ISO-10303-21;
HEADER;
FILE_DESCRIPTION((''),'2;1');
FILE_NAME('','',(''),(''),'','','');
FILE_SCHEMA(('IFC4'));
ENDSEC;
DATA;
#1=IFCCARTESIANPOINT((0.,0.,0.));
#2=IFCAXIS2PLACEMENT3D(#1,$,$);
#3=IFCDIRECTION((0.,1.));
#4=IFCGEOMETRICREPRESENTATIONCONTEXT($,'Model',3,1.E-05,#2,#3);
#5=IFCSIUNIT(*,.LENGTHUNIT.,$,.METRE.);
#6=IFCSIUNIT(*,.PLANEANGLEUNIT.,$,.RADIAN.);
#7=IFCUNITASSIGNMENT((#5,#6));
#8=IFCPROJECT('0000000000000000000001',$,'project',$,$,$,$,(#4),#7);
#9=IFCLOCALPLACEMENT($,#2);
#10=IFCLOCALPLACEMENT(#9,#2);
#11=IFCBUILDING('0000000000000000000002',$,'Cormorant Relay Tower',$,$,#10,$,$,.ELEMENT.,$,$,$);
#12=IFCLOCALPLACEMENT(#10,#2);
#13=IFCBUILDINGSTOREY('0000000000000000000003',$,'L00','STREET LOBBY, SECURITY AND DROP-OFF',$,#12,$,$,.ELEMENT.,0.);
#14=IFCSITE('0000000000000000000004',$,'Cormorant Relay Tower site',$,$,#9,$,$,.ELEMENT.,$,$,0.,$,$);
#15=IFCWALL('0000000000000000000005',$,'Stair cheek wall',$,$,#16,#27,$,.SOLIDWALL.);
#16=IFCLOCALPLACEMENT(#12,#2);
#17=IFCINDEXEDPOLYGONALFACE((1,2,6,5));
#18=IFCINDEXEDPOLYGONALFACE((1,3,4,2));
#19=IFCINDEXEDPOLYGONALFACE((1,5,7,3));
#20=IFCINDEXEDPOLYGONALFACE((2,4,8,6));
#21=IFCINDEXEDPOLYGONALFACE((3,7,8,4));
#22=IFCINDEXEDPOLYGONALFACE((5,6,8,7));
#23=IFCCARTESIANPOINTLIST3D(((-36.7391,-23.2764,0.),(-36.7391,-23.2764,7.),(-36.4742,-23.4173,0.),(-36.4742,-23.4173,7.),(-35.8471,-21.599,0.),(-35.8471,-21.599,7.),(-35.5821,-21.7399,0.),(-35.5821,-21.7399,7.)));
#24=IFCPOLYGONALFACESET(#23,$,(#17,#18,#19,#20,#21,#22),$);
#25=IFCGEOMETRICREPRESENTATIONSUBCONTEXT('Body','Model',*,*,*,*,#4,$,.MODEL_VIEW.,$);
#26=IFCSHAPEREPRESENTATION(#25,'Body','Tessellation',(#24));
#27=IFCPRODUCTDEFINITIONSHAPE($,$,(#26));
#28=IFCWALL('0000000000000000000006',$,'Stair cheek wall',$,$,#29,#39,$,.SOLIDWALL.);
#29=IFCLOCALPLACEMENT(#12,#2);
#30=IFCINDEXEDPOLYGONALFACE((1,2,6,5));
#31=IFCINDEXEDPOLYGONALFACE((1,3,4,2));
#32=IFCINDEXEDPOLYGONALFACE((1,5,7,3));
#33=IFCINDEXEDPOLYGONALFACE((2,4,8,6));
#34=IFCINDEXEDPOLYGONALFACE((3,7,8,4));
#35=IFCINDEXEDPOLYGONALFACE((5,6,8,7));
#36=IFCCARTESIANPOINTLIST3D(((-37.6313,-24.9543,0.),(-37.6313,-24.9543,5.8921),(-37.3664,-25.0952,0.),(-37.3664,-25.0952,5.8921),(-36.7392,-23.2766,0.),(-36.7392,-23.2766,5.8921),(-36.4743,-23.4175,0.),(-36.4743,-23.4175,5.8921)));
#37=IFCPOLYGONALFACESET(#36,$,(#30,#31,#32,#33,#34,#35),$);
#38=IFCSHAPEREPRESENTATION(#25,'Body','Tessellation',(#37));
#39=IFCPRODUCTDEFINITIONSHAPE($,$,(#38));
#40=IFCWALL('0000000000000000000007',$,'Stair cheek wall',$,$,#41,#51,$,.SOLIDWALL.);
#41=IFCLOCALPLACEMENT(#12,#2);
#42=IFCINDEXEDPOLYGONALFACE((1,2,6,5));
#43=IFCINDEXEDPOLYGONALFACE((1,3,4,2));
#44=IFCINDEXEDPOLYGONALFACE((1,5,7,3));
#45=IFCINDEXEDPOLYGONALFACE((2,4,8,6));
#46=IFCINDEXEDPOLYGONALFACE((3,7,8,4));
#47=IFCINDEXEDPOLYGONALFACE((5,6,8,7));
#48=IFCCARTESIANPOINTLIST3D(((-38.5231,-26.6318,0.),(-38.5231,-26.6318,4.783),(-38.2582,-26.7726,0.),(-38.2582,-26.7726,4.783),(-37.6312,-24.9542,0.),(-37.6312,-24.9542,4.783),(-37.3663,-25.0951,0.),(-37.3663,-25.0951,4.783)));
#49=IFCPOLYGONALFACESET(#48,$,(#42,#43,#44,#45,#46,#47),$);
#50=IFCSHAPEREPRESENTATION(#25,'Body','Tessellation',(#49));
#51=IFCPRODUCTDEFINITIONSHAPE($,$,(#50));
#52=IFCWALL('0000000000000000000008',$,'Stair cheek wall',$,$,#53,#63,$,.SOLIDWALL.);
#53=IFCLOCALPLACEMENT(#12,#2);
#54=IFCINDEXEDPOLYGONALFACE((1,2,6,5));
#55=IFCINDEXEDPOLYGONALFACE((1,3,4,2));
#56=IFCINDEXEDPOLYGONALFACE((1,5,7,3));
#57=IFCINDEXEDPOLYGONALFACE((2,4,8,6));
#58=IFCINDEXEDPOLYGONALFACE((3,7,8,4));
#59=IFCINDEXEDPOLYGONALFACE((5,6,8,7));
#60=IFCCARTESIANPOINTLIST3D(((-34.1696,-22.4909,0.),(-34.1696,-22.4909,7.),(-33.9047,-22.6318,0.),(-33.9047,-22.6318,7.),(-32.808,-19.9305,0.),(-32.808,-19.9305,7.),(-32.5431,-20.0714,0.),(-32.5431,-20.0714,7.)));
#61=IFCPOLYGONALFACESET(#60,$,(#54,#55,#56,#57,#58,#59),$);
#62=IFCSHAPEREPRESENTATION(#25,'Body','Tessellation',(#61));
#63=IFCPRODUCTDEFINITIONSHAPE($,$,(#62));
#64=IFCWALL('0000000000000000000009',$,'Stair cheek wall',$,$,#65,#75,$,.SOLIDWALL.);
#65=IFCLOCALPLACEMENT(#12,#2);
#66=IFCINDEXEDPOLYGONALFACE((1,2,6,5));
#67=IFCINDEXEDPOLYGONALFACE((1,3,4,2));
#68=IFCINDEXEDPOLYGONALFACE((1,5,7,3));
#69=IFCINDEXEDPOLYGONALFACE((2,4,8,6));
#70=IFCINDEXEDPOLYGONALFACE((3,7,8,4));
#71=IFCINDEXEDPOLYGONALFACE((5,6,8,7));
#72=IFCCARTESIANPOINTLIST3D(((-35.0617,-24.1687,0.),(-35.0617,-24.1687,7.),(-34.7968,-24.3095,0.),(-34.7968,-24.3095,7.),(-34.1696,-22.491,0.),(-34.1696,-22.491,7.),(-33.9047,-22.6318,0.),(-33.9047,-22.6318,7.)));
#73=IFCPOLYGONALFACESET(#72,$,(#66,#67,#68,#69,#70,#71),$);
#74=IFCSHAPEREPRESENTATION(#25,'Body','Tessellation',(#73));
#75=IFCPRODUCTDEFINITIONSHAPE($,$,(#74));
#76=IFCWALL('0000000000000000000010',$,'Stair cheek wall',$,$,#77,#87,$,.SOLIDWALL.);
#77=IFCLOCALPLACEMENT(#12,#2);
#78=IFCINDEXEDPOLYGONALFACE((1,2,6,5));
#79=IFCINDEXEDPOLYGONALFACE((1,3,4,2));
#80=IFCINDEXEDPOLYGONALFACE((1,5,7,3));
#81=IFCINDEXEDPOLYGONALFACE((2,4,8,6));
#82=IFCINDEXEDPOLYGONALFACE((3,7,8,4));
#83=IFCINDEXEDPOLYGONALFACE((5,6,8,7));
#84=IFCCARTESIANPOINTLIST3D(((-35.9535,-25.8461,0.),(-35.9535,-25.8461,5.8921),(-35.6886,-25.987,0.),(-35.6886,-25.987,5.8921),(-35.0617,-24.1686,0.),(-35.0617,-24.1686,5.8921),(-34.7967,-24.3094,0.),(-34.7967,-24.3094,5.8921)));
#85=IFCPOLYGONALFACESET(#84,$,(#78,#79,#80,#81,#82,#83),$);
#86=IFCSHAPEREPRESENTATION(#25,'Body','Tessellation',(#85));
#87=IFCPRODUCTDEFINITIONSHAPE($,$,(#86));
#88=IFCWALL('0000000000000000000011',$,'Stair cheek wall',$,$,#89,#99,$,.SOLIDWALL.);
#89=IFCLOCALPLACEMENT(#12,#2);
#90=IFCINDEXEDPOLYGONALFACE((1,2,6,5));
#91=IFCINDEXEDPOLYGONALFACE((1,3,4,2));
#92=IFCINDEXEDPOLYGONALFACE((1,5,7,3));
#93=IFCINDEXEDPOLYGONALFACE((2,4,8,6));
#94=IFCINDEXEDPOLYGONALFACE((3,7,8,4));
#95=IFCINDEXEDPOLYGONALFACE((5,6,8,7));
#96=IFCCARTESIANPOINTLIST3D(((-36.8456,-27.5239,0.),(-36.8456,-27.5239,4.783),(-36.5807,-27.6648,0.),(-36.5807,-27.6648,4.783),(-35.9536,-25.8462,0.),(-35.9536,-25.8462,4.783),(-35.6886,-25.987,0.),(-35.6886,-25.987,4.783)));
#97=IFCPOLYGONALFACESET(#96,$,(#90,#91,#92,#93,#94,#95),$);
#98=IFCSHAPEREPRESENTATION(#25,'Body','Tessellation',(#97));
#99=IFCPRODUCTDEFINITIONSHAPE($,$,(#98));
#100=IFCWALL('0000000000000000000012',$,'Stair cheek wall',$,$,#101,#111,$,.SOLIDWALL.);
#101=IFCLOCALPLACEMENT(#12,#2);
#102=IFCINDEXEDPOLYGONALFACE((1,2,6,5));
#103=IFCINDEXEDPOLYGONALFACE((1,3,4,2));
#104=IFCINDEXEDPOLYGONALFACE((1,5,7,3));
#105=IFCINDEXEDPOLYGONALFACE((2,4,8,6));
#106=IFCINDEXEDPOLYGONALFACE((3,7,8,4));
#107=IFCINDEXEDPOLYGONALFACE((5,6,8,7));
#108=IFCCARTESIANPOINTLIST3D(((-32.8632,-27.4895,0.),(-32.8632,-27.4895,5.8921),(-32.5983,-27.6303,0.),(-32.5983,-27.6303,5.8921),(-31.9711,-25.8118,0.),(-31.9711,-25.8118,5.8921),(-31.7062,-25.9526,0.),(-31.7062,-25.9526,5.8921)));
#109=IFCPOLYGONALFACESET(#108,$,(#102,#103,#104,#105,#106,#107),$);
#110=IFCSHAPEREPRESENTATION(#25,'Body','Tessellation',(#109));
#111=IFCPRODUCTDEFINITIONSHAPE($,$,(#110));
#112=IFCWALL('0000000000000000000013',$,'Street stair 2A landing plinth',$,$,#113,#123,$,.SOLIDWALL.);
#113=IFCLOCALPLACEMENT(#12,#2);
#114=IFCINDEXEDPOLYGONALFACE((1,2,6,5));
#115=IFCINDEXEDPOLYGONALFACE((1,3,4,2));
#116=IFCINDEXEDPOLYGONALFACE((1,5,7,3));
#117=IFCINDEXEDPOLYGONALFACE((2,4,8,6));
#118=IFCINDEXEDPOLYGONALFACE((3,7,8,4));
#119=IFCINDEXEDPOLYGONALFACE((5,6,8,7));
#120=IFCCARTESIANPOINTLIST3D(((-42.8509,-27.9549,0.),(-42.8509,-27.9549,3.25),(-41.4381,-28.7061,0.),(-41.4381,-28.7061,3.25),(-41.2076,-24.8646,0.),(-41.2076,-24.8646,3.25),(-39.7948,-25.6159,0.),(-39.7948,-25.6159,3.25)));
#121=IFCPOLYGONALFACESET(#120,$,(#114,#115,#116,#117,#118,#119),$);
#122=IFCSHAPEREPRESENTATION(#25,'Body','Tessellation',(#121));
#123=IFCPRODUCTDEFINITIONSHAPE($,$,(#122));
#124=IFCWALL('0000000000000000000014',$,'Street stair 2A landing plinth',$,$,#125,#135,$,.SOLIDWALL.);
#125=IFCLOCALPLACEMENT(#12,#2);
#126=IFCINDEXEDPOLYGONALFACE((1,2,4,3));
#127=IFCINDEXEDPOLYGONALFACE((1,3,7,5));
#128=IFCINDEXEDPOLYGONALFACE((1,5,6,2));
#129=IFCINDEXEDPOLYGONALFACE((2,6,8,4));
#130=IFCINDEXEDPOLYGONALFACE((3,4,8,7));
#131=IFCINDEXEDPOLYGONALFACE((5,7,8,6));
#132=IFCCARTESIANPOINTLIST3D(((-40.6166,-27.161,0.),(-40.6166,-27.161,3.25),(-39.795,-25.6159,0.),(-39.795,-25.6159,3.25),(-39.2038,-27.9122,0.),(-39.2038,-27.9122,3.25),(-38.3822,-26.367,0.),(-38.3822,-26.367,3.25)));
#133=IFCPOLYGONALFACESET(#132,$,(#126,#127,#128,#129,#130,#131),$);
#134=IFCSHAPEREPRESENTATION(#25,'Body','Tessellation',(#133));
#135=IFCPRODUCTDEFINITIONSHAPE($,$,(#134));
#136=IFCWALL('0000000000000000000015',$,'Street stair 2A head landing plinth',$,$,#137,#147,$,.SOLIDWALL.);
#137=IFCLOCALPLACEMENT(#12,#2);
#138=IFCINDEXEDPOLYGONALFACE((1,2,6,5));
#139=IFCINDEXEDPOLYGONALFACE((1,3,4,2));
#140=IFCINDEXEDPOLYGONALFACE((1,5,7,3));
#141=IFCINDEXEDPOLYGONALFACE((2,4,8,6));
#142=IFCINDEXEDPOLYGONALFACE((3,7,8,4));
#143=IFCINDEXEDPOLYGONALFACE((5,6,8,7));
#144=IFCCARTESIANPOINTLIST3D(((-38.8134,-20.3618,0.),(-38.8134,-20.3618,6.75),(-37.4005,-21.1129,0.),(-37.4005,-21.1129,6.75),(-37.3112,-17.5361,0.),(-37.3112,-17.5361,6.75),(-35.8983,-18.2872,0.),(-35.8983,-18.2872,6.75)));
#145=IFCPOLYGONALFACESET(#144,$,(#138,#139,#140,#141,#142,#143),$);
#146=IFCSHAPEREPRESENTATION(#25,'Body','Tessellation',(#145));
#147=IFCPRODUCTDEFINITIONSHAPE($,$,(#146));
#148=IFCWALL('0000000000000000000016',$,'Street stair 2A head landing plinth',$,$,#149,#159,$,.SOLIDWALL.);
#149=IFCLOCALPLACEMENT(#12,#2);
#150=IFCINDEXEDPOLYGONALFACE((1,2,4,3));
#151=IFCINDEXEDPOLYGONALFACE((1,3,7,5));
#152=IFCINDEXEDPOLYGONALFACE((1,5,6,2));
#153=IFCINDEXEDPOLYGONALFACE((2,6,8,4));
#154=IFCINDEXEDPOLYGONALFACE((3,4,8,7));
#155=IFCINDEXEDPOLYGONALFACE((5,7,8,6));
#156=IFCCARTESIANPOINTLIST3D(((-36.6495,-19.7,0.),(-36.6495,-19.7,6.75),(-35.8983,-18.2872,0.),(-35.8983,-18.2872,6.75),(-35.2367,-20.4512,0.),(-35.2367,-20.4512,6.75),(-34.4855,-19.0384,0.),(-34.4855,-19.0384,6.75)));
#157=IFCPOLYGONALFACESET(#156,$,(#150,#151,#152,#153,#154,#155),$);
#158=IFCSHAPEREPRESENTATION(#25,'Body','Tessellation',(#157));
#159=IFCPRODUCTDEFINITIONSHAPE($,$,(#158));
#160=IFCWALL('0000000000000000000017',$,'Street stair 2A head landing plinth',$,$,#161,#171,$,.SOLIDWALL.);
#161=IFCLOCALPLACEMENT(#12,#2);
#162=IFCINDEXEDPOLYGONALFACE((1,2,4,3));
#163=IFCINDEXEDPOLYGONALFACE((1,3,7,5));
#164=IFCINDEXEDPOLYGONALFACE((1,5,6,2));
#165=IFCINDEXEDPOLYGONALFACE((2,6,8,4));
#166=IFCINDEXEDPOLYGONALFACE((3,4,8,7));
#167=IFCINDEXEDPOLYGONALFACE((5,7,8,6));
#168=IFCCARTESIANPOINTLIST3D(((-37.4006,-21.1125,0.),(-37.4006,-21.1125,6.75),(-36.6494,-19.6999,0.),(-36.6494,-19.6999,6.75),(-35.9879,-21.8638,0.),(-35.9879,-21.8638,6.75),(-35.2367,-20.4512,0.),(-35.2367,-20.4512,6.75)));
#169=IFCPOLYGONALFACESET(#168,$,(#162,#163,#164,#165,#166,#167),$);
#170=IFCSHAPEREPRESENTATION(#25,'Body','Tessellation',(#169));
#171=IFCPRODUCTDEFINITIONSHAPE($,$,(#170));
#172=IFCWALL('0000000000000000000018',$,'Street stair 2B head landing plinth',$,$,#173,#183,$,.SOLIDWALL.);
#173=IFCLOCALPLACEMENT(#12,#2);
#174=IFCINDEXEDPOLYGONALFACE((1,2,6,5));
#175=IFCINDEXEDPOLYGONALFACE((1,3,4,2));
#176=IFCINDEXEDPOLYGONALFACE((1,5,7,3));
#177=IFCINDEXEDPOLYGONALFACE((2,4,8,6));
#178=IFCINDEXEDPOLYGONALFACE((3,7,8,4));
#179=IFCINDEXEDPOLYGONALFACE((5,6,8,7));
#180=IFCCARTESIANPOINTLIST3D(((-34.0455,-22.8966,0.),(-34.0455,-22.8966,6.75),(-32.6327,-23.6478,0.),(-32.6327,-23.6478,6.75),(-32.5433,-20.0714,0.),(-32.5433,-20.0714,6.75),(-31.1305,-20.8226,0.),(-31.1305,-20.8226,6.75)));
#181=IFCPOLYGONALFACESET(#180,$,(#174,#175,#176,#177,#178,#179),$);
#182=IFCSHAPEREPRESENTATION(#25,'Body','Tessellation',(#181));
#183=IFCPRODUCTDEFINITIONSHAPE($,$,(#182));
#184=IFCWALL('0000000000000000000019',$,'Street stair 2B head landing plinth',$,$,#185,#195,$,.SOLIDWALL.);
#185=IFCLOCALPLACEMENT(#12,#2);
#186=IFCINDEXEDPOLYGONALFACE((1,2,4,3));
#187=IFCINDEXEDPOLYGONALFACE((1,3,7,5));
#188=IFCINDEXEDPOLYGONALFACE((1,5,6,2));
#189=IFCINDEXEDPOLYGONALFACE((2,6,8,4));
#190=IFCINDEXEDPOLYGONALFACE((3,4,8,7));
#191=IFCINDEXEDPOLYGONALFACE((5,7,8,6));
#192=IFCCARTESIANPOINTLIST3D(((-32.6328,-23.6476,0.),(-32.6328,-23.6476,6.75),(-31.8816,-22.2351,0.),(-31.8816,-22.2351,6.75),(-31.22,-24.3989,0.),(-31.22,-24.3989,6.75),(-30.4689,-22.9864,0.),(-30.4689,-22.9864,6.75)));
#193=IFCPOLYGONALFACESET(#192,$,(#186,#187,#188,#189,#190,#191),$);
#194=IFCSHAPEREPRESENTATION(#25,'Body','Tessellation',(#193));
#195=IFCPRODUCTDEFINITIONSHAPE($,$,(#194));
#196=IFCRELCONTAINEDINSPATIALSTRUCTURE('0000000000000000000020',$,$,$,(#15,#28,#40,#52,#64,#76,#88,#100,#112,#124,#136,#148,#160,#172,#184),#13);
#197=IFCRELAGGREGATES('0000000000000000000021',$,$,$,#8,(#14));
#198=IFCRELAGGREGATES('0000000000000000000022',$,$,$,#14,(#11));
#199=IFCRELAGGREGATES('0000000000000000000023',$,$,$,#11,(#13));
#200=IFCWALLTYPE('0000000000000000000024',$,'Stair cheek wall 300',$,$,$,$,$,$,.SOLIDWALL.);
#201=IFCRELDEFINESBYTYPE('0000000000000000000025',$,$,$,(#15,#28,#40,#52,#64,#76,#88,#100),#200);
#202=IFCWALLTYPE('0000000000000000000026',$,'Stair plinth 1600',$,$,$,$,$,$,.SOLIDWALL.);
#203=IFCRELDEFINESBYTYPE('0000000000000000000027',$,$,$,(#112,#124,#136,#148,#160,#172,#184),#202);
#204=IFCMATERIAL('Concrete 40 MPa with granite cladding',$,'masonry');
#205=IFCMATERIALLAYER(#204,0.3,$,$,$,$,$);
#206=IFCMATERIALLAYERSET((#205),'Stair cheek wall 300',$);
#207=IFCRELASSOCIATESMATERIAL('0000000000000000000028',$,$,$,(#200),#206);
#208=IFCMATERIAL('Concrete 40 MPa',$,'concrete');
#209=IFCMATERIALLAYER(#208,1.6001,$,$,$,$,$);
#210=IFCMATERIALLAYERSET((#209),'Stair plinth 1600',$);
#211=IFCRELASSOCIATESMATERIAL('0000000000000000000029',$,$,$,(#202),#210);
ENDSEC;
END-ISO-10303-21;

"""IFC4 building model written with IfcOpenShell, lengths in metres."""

from ifc_helpers import new_model, si_unit, direction, frame, frame_2d, origin, place, context, subcontext, project, spatial, rectangle, extrude, material, layer, layer_set, type_object, element, save


model = new_model("IFC4")

# Units and contexts
model_context = context("Model", 3, precision=1e-05, world=origin(), true_north=direction((0.0, 1.0)))
body_context = subcontext(model_context, "Body", "Model", "MODEL_VIEW")
ifc_project = project(units=[si_unit("LENGTHUNIT", "METRE"), si_unit("PLANEANGLEUNIT", "RADIAN")], contexts=[model_context])

# Site, building, storey
site_placement = place(None, origin())
site = spatial("IfcSite", under=ifc_project, at=site_placement, Name="Cormorant Relay Tower site", CompositionType="ELEMENT", RefElevation=0.0)
building_placement = place(site_placement, origin())
building = spatial("IfcBuilding", under=site, at=building_placement, Name="Cormorant Relay Tower", CompositionType="ELEMENT")
storey_placement = place(building_placement, origin())
storey = spatial("IfcBuildingStorey", under=building, at=storey_placement, Name="L00", Description="STREET LOBBY, SECURITY AND DROP-OFF", CompositionType="ELEMENT", Elevation=0.0)

# Walls
ifc_material_1 = material(Name="Concrete 40 MPa with granite cladding", Category="masonry")
ifc_layer_1 = layer(ifc_material_1, 0.3)
ifc_layer_set_1 = layer_set([ifc_layer_1], Name="Stair cheek wall 300")
wall_type_1 = type_object("IfcWallType", Name="Stair cheek wall 300", PredefinedType="SOLIDWALL", material=ifc_layer_set_1)
wall_1_placement = place(storey_placement, frame((-35.7146, -21.6694, 0.0), z_axis=(0.0, 0.0, 1.0), x_axis=(-0.469534, -0.882914, 0.0)))
element("IfcWall", 1, at=wall_1_placement, inside=storey, type_object=wall_type_1, Name="Stair cheek wall", PredefinedType="SOLIDWALL", context=body_context, shape_type="SweptSolid", body=[
    extrude(rectangle(XDim=1.8999, YDim=0.3, at=frame_2d((0.95, 0.0))), origin(), (0.0, 0.0, 1.0), 7.0),
])
wall_2_placement = place(storey_placement, frame((-36.6067, -23.3469, 0.0), z_axis=(0.0, 0.0, 1.0), x_axis=(-0.469481, -0.882943, 0.0)))
element("IfcWall", 2, at=wall_2_placement, inside=storey, type_object=wall_type_1, Name="Stair cheek wall", PredefinedType="SOLIDWALL", context=body_context, shape_type="SweptSolid", body=[
    extrude(rectangle(XDim=1.9001, YDim=0.3, at=frame_2d((0.9502, 0.0))), origin(), (0.0, 0.0, 1.0), 5.8921),
])
wall_3_placement = place(storey_placement, frame((-37.4988, -25.0247, 0.0), z_axis=(0.0, 0.0, 1.0), x_axis=(-0.469434, -0.882968, 0.0)))
element("IfcWall", 3, at=wall_3_placement, inside=storey, type_object=wall_type_1, Name="Stair cheek wall", PredefinedType="SOLIDWALL", context=body_context, shape_type="SweptSolid", body=[
    extrude(rectangle(XDim=1.8999, YDim=0.3, at=frame_2d((0.95, 0.0))), origin(), (0.0, 0.0, 1.0), 4.783),
])
wall_4_placement = place(storey_placement, frame((-32.6755, -20.001, 0.0), z_axis=(0.0, 0.0, 1.0), x_axis=(-0.469535, -0.882914, 0.0)))
element("IfcWall", 4, at=wall_4_placement, inside=storey, type_object=wall_type_1, Name="Stair cheek wall", PredefinedType="SOLIDWALL", context=body_context, shape_type="SweptSolid", body=[
    extrude(rectangle(XDim=2.8999, YDim=0.3, at=frame_2d((1.45, 0.0))), origin(), (0.0, 0.0, 1.0), 7.0),
])
wall_5_placement = place(storey_placement, frame((-34.0371, -22.5613, 0.0), z_axis=(0.0, 0.0, 1.0), x_axis=(-0.469481, -0.882943, 0.0)))
element("IfcWall", 5, at=wall_5_placement, inside=storey, type_object=wall_type_1, Name="Stair cheek wall", PredefinedType="SOLIDWALL", context=body_context, shape_type="SweptSolid", body=[
    extrude(rectangle(XDim=1.9001, YDim=0.3, at=frame_2d((0.9502, 0.0))), origin(), (0.0, 0.0, 1.0), 7.0),
])
wall_6_placement = place(storey_placement, frame((-34.9292, -24.239, 0.0), z_axis=(0.0, 0.0, 1.0), x_axis=(-0.469434, -0.882968, 0.0)))
element("IfcWall", 6, at=wall_6_placement, inside=storey, type_object=wall_type_1, Name="Stair cheek wall", PredefinedType="SOLIDWALL", context=body_context, shape_type="SweptSolid", body=[
    extrude(rectangle(XDim=1.8999, YDim=0.3, at=frame_2d((0.95, 0.0))), origin(), (0.0, 0.0, 1.0), 5.8921),
])
wall_7_placement = place(storey_placement, frame((-35.821, -25.9165, 0.0), z_axis=(0.0, 0.0, 1.0), x_axis=(-0.469481, -0.882943, 0.0)))
element("IfcWall", 7, at=wall_7_placement, inside=storey, type_object=wall_type_1, Name="Stair cheek wall", PredefinedType="SOLIDWALL", context=body_context, shape_type="SweptSolid", body=[
    extrude(rectangle(XDim=1.9001, YDim=0.3, at=frame_2d((0.9502, 0.0))), origin(), (0.0, 0.0, 1.0), 4.783),
])
wall_8_placement = place(storey_placement, frame((-31.8386, -25.8821, 0.0), z_axis=(0.0, 0.0, 1.0), x_axis=(-0.469481, -0.882943, 0.0)))
element("IfcWall", 8, at=wall_8_placement, inside=storey, type_object=wall_type_1, Name="Stair cheek wall", PredefinedType="SOLIDWALL", context=body_context, shape_type="SweptSolid", body=[
    extrude(rectangle(XDim=1.9001, YDim=0.3, at=frame_2d((0.9502, 0.0))), origin(), (0.0, 0.0, 1.0), 5.8921),
])
ifc_material_2 = material(Name="Concrete 40 MPa", Category="concrete")
ifc_layer_2 = layer(ifc_material_2, 1.6001)
ifc_layer_set_2 = layer_set([ifc_layer_2], Name="Stair plinth 1600")
wall_type_2 = type_object("IfcWallType", Name="Stair plinth 1600", PredefinedType="SOLIDWALL", material=ifc_layer_set_2)
wall_9_placement = place(storey_placement, frame((-40.5012, -25.2402, 0.0), z_axis=(0.0, 0.0, 1.0), x_axis=(-0.469505, -0.88293, 0.0)))
element("IfcWall", 9, at=wall_9_placement, inside=storey, type_object=wall_type_2, Name="Street stair 2A landing plinth", PredefinedType="SOLIDWALL", context=body_context, shape_type="SweptSolid", body=[
    extrude(rectangle(XDim=3.5, YDim=1.6001, at=frame_2d((1.75, 0.0))), origin(), (0.0, 0.0, 1.0), 3.25),
])
wall_10_placement = place(storey_placement, frame((-39.0886, -25.9915, 0.0), z_axis=(0.0, 0.0, 1.0), x_axis=(-0.469451, -0.882959, 0.0)))
element("IfcWall", 10, at=wall_10_placement, inside=storey, type_object=wall_type_2, Name="Street stair 2A landing plinth", PredefinedType="SOLIDWALL", context=body_context, shape_type="SweptSolid", body=[
    extrude(rectangle(XDim=1.75, YDim=1.6001, at=frame_2d((0.875, 0.0))), origin(), (0.0, 0.0, 1.0), 3.25),
])
wall_11_placement = place(storey_placement, frame((-36.6047, -17.9116, 0.0), z_axis=(0.0, 0.0, 1.0), x_axis=(-0.469412, -0.882979, 0.0)))
element("IfcWall", 11, at=wall_11_placement, inside=storey, type_object=wall_type_2, Name="Street stair 2A head landing plinth", PredefinedType="SOLIDWALL", context=body_context, shape_type="SweptSolid", body=[
    extrude(rectangle(XDim=3.2002, YDim=1.6001, at=frame_2d((1.6001, 0.0))), origin(), (0.0, 0.0, 1.0), 6.75),
])
wall_12_placement = place(storey_placement, frame((-35.1919, -18.6628, 0.0), z_axis=(0.0, 0.0, 1.0), x_axis=(-0.469471, -0.882948, 0.0)))
element("IfcWall", 12, at=wall_12_placement, inside=storey, type_object=wall_type_2, Name="Street stair 2A head landing plinth", PredefinedType="SOLIDWALL", context=body_context, shape_type="SweptSolid", body=[
    extrude(rectangle(XDim=1.6001, YDim=1.6001, at=frame_2d((0.8, 0.0))), origin(), (0.0, 0.0, 1.0), 6.75),
])
wall_13_placement = place(storey_placement, frame((-35.9431, -20.0757, 0.0), z_axis=(0.0, 0.0, 1.0), x_axis=(-0.469535, -0.882914, 0.0)))
element("IfcWall", 13, at=wall_13_placement, inside=storey, type_object=wall_type_2, Name="Street stair 2A head landing plinth", PredefinedType="SOLIDWALL", context=body_context, shape_type="SweptSolid", body=[
    extrude(rectangle(XDim=1.5999, YDim=1.6001, at=frame_2d((0.7998, 0.0))), origin(), (0.0, 0.0, 1.0), 6.75),
])
wall_14_placement = place(storey_placement, frame((-31.8369, -20.447, 0.0), z_axis=(0.0, 0.0, 1.0), x_axis=(-0.469475, -0.882946, 0.0)))
element("IfcWall", 14, at=wall_14_placement, inside=storey, type_object=wall_type_2, Name="Street stair 2B head landing plinth", PredefinedType="SOLIDWALL", context=body_context, shape_type="SweptSolid", body=[
    extrude(rectangle(XDim=3.1997, YDim=1.6001, at=frame_2d((1.5999, 0.0))), origin(), (0.0, 0.0, 1.0), 6.75),
])
wall_15_placement = place(storey_placement, frame((-31.1753, -22.6108, 0.0), z_axis=(0.0, 0.0, 1.0), x_axis=(-0.469535, -0.882914, 0.0)))
element("IfcWall", 15, at=wall_15_placement, inside=storey, type_object=wall_type_2, Name="Street stair 2B head landing plinth", PredefinedType="SOLIDWALL", context=body_context, shape_type="SweptSolid", body=[
    extrude(rectangle(XDim=1.5999, YDim=1.6001, at=frame_2d((0.7998, 0.0))), origin(), (0.0, 0.0, 1.0), 6.75),
])

save(model, "model.ifc")
